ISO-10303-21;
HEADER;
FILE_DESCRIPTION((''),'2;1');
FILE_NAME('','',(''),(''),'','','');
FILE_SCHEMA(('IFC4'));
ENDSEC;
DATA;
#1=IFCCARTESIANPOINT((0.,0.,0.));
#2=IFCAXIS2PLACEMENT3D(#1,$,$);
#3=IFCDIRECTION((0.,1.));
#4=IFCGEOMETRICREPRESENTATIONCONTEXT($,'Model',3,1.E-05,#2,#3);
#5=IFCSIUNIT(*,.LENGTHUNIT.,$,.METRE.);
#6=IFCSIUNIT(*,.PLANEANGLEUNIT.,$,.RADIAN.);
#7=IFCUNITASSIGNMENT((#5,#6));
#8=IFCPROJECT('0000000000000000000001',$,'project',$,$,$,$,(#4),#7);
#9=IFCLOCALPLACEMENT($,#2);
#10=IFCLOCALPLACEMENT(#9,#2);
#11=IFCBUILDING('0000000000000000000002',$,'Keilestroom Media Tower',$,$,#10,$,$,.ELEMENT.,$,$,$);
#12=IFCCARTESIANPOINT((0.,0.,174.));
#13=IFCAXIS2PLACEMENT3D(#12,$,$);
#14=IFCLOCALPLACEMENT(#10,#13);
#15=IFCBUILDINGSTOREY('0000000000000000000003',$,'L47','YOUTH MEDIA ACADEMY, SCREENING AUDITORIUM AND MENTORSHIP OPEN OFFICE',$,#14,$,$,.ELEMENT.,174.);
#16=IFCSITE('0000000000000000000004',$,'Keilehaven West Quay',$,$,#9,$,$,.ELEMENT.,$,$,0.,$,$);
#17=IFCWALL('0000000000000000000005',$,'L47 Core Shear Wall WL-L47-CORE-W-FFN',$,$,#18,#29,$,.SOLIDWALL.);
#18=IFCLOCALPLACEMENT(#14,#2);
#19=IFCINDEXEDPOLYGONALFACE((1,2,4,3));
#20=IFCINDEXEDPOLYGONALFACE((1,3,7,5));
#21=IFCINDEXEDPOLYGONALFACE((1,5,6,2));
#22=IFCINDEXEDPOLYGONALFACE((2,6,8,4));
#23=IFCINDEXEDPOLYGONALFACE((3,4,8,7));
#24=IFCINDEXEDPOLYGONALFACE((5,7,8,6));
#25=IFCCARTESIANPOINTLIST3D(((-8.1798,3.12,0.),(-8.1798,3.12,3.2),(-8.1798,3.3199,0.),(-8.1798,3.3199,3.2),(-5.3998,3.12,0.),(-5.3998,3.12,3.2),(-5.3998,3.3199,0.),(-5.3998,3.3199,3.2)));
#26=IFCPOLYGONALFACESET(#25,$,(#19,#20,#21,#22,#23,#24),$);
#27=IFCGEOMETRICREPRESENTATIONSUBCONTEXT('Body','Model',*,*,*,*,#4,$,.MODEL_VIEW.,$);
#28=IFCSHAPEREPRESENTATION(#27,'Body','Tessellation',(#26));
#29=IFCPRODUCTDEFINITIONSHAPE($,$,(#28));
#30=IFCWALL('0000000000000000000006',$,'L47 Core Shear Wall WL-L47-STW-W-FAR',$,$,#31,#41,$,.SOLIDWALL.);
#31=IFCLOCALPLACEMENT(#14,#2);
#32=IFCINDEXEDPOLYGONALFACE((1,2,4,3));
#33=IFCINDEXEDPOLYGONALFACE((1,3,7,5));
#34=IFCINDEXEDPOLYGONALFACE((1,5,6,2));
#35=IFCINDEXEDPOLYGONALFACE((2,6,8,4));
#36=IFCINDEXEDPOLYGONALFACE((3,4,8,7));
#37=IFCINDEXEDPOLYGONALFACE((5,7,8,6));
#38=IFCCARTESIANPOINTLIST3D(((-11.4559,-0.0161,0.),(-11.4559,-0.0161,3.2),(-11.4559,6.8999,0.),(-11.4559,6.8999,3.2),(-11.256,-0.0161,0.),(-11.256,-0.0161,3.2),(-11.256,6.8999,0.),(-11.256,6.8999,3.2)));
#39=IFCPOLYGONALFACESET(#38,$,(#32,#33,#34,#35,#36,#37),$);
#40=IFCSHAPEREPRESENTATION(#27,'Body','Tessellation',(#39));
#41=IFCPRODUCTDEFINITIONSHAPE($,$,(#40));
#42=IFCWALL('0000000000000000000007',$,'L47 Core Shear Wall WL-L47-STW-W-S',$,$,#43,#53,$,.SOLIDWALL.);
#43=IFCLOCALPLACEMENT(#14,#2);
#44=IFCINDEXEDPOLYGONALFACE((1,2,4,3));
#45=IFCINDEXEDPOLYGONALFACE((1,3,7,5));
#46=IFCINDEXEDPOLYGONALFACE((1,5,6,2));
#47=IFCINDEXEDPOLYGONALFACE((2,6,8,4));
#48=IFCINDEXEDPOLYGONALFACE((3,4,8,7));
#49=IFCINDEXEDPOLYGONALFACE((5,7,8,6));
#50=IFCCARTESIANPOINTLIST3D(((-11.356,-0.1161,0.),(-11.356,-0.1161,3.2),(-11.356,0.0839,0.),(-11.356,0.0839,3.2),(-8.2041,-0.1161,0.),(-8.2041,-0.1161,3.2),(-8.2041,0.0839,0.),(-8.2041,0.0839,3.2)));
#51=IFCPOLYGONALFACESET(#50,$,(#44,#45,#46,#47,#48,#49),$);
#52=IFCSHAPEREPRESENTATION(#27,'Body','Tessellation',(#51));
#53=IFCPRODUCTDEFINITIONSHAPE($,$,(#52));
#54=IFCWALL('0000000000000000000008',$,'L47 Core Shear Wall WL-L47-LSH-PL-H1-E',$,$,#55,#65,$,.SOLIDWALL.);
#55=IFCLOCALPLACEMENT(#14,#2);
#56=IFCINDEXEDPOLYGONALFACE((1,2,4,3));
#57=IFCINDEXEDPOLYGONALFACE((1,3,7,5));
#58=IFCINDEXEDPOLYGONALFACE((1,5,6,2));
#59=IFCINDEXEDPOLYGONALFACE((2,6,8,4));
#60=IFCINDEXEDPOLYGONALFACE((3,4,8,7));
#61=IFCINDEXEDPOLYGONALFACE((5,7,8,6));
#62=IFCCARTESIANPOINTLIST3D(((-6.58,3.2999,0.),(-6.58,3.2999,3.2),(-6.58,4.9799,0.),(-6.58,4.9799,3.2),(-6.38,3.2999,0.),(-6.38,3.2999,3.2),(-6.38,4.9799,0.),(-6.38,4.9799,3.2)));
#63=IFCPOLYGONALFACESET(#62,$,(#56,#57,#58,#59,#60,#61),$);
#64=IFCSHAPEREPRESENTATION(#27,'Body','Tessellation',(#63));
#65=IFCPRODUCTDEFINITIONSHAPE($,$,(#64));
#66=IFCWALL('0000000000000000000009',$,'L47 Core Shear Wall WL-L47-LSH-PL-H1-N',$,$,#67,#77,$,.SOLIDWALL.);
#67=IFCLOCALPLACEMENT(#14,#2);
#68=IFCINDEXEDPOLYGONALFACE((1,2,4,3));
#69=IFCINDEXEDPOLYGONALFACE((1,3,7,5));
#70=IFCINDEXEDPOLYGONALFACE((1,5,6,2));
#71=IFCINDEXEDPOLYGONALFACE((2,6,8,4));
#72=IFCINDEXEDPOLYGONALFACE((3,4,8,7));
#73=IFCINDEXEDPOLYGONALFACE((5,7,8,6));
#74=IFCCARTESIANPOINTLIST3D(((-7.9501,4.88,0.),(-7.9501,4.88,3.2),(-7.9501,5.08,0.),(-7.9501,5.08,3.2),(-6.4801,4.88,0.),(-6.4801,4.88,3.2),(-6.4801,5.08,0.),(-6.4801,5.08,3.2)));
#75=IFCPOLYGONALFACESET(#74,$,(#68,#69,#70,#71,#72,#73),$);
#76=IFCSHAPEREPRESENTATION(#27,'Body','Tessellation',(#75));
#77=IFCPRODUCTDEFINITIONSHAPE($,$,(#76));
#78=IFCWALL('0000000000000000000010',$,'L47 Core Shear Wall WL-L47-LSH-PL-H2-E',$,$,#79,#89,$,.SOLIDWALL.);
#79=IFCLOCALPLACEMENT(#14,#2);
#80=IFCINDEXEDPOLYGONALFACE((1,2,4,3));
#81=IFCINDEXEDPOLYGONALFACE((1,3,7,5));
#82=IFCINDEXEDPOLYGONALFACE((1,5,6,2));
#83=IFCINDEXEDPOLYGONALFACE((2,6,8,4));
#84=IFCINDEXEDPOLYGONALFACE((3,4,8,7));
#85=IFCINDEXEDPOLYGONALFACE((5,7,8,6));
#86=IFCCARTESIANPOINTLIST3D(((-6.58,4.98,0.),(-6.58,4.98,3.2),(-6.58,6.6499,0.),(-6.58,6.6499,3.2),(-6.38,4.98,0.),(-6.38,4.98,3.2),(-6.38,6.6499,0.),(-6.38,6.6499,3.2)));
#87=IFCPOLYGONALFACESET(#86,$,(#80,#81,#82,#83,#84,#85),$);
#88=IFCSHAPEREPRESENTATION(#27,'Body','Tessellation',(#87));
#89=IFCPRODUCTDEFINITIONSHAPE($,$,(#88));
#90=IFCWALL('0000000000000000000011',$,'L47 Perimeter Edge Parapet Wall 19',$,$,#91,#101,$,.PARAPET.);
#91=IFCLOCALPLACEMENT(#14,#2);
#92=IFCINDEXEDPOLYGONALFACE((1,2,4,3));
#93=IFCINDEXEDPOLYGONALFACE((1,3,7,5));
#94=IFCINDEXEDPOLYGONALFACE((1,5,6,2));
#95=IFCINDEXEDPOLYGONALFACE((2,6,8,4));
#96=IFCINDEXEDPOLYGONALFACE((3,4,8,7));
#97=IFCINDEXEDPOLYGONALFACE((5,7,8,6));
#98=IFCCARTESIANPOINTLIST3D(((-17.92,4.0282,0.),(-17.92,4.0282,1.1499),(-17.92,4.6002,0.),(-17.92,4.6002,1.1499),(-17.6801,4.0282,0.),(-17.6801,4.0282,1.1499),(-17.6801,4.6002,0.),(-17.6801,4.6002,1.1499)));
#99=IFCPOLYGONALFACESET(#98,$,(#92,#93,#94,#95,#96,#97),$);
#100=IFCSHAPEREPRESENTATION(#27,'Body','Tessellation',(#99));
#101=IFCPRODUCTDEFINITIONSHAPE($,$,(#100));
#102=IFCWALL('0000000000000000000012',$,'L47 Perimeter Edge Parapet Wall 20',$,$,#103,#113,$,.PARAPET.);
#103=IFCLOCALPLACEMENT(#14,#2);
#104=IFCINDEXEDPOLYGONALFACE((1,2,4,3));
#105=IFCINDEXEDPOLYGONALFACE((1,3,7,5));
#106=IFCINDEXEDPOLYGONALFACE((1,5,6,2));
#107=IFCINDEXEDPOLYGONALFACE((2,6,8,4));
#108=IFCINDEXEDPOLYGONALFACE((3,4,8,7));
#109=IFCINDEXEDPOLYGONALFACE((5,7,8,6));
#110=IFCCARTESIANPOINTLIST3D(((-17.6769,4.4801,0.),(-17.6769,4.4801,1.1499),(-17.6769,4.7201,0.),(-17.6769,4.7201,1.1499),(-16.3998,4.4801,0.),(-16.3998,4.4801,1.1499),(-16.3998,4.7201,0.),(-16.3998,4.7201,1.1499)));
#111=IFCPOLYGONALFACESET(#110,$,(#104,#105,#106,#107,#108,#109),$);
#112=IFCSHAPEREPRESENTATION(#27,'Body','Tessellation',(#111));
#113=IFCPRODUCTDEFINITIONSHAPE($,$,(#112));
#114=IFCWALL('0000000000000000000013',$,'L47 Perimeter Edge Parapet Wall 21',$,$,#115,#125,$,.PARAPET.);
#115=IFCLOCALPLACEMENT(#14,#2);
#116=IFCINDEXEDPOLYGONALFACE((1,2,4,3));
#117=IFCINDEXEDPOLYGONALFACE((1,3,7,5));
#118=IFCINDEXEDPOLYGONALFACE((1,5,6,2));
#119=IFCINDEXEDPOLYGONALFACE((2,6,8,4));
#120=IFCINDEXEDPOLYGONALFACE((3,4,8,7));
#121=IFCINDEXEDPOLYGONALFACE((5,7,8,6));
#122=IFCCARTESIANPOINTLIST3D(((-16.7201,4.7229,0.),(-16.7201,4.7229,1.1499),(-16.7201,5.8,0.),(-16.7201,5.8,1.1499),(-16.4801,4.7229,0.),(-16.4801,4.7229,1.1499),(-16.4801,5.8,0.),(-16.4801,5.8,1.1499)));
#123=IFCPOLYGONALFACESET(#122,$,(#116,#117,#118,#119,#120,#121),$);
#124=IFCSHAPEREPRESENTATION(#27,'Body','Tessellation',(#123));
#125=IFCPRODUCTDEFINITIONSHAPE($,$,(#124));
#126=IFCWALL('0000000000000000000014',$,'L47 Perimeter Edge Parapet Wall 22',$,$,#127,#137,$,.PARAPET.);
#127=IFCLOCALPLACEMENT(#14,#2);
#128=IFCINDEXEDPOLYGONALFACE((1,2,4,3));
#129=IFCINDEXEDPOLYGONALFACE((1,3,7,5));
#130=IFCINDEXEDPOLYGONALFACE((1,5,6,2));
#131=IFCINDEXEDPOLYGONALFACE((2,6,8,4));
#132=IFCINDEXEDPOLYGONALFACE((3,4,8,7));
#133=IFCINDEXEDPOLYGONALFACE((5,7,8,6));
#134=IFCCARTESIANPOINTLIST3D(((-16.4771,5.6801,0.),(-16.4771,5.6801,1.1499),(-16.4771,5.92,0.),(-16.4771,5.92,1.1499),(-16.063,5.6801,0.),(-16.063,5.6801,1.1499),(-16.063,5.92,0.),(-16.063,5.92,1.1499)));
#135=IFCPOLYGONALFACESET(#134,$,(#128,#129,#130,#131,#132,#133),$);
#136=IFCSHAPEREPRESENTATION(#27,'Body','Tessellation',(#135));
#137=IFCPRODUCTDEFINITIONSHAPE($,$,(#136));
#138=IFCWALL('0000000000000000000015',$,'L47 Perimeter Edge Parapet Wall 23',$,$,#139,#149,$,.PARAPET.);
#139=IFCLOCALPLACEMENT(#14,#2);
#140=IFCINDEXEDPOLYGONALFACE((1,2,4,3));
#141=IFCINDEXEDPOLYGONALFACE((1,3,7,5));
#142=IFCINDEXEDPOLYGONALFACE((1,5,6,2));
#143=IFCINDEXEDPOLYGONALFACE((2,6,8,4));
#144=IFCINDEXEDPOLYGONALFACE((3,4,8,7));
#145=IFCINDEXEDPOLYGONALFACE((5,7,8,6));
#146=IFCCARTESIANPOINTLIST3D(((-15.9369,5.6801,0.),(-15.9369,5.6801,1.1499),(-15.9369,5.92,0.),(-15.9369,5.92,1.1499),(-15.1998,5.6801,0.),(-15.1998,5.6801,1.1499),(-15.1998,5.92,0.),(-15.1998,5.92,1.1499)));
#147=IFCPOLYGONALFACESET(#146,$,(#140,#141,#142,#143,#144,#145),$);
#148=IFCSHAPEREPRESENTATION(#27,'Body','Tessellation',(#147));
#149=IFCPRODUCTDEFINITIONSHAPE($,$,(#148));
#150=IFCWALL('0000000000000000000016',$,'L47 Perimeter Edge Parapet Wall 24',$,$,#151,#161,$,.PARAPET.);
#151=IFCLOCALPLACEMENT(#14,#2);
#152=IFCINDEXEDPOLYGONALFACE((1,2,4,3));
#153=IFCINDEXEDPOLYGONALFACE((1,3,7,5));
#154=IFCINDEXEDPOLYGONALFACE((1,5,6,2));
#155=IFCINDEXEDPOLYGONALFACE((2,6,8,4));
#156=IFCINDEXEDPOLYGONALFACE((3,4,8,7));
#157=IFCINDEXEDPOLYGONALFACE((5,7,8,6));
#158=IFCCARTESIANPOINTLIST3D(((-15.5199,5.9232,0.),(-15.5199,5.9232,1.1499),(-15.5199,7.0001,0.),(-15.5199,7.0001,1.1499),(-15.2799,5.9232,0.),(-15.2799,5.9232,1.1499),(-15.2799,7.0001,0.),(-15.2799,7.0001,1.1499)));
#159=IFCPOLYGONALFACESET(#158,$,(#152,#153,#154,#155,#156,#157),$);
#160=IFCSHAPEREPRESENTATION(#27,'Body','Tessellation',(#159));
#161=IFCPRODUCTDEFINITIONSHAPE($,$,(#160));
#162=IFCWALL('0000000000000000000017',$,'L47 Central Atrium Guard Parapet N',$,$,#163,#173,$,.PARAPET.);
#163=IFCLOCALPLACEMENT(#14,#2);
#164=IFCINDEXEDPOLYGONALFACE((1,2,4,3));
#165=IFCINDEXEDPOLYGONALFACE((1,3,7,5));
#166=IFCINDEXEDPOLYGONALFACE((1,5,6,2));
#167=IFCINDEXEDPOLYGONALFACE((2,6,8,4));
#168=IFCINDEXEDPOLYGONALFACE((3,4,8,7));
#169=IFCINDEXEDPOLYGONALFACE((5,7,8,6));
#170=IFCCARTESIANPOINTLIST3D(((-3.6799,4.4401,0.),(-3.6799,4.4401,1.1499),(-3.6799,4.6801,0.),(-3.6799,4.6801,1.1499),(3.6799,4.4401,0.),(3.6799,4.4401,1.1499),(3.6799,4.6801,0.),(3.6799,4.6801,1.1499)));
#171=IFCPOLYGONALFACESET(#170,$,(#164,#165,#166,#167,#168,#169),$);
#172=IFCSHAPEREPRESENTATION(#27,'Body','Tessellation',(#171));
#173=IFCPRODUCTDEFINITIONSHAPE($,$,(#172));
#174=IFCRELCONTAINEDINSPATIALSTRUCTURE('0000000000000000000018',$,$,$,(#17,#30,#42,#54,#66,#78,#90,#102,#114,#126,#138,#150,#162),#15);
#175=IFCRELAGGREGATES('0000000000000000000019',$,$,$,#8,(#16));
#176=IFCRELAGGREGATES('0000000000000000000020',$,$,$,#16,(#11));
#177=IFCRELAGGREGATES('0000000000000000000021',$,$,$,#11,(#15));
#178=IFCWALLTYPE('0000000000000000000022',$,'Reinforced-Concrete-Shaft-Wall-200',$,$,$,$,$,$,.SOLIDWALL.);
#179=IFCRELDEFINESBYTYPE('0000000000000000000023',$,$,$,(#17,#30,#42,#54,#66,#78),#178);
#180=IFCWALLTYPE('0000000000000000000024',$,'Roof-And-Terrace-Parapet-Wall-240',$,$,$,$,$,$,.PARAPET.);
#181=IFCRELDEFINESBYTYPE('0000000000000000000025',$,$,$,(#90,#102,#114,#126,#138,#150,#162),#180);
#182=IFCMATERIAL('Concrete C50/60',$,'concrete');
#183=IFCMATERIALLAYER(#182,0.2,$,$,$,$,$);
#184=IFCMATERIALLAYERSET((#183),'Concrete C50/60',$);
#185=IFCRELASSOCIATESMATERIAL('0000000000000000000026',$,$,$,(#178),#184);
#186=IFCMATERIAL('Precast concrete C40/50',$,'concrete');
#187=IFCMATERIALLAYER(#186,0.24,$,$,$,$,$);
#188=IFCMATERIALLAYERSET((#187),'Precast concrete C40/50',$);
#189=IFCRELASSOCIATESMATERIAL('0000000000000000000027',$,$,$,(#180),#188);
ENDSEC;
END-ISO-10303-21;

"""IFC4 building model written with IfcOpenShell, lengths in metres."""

from ifc_helpers import new_model, si_unit, direction, frame, frame_2d, origin, place, context, subcontext, project, spatial, rectangle, extrude, material, layer, layer_set, type_object, element, save


model = new_model("IFC4")

# Units and contexts
model_context = context("Model", 3, precision=1e-05, world=origin(), true_north=direction((0.0, 1.0)))
body_context = subcontext(model_context, "Body", "Model", "MODEL_VIEW")
ifc_project = project(units=[si_unit("LENGTHUNIT", "METRE"), si_unit("PLANEANGLEUNIT", "RADIAN")], contexts=[model_context])

# Site, building, storey
site_placement = place(None, origin())
site = spatial("IfcSite", under=ifc_project, at=site_placement, Name="Keilehaven West Quay", CompositionType="ELEMENT", RefElevation=0.0)
building_placement = place(site_placement, origin())
building = spatial("IfcBuilding", under=site, at=building_placement, Name="Keilestroom Media Tower", CompositionType="ELEMENT")
storey_placement = place(building_placement, frame((0.0, 0.0, 174.0)))
storey = spatial("IfcBuildingStorey", under=building, at=storey_placement, Name="L47", Description="YOUTH MEDIA ACADEMY, SCREENING AUDITORIUM AND MENTORSHIP OPEN OFFICE", CompositionType="ELEMENT", Elevation=174.0)

# Shared definitions
ifc_material_1 = material(Name="Precast concrete C40/50", Category="concrete")

# Shared definitions
ifc_material_2 = material(Name="Concrete C50/60", Category="concrete")

# Walls
ifc_layer_1 = layer(ifc_material_2, 0.2)
ifc_layer_set_1 = layer_set([ifc_layer_1], Name="Concrete C50/60")
wall_type_1 = type_object("IfcWallType", Name="Reinforced-Concrete-Shaft-Wall-200", PredefinedType="SOLIDWALL", material=ifc_layer_set_1)
wall_1_placement = place(storey_placement, frame((-8.1799, 3.22, 0.0), z_axis=(0.0, 0.0, 1.0), x_axis=(1.0, 0.0, 0.0)))
element("IfcWall", 1, at=wall_1_placement, inside=storey, type_object=wall_type_1, Name="L47 Core Shear Wall WL-L47-CORE-W-FFN", PredefinedType="SOLIDWALL", context=body_context, shape_type="SweptSolid", body=[
    extrude(rectangle(XDim=2.78, YDim=0.2, at=frame_2d((1.3901, 0.0))), origin(), (0.0, 0.0, 1.0), 3.2),
])
wall_2_placement = place(storey_placement, frame((-11.356, -0.0161, 0.0), z_axis=(0.0, 0.0, 1.0), x_axis=(0.0, 1.0, 0.0)))
element("IfcWall", 2, at=wall_2_placement, inside=storey, type_object=wall_type_1, Name="L47 Core Shear Wall WL-L47-STW-W-FAR", PredefinedType="SOLIDWALL", context=body_context, shape_type="SweptSolid", body=[
    extrude(rectangle(XDim=6.916, YDim=0.2, at=frame_2d((3.458, 0.0))), origin(), (0.0, 0.0, 1.0), 3.2),
])
wall_3_placement = place(storey_placement, frame((-11.356, -0.0161, 0.0), z_axis=(0.0, 0.0, 1.0), x_axis=(1.0, 0.0, 0.0)))
element("IfcWall", 3, at=wall_3_placement, inside=storey, type_object=wall_type_1, Name="L47 Core Shear Wall WL-L47-STW-W-S", PredefinedType="SOLIDWALL", context=body_context, shape_type="SweptSolid", body=[
    extrude(rectangle(XDim=3.1519, YDim=0.2, at=frame_2d((1.5759, 0.0))), origin(), (0.0, 0.0, 1.0), 3.2),
])
wall_4_placement = place(storey_placement, frame((-6.48, 3.3, 0.0), z_axis=(0.0, 0.0, 1.0), x_axis=(0.0, 1.0, 0.0)))
element("IfcWall", 4, at=wall_4_placement, inside=storey, type_object=wall_type_1, Name="L47 Core Shear Wall WL-L47-LSH-PL-H1-E", PredefinedType="SOLIDWALL", context=body_context, shape_type="SweptSolid", body=[
    extrude(rectangle(XDim=1.6799, YDim=0.2, at=frame_2d((0.8398, 0.0))), origin(), (0.0, 0.0, 1.0), 3.2),
])
wall_5_placement = place(storey_placement, frame((-7.95, 4.98, 0.0), z_axis=(0.0, 0.0, 1.0), x_axis=(1.0, 0.0, 0.0)))
element("IfcWall", 5, at=wall_5_placement, inside=storey, type_object=wall_type_1, Name="L47 Core Shear Wall WL-L47-LSH-PL-H1-N", PredefinedType="SOLIDWALL", context=body_context, shape_type="SweptSolid", body=[
    extrude(rectangle(XDim=1.47, YDim=0.2, at=frame_2d((0.7349, 0.0))), origin(), (0.0, 0.0, 1.0), 3.2),
])
wall_6_placement = place(storey_placement, frame((-6.48, 4.98, 0.0), z_axis=(0.0, 0.0, 1.0), x_axis=(0.0, 1.0, 0.0)))
element("IfcWall", 6, at=wall_6_placement, inside=storey, type_object=wall_type_1, Name="L47 Core Shear Wall WL-L47-LSH-PL-H2-E", PredefinedType="SOLIDWALL", context=body_context, shape_type="SweptSolid", body=[
    extrude(rectangle(XDim=1.6699, YDim=0.2, at=frame_2d((0.835, 0.0))), origin(), (0.0, 0.0, 1.0), 3.2),
])
ifc_layer_2 = layer(ifc_material_1, 0.24)
ifc_layer_set_2 = layer_set([ifc_layer_2], Name="Precast concrete C40/50")
wall_type_2 = type_object("IfcWallType", Name="Roof-And-Terrace-Parapet-Wall-240", PredefinedType="PARAPET", material=ifc_layer_set_2)
wall_7_placement = place(storey_placement, frame((-17.8, 4.0281, 0.0), z_axis=(0.0, 0.0, 1.0), x_axis=(0.0, 1.0, 0.0)))
element("IfcWall", 7, at=wall_7_placement, inside=storey, type_object=wall_type_2, Name="L47 Perimeter Edge Parapet Wall 19", PredefinedType="PARAPET", context=body_context, shape_type="SweptSolid", body=[
    extrude(rectangle(XDim=0.572, YDim=0.24, at=frame_2d((0.2861, 0.0))), origin(), (0.0, 0.0, 1.0), 1.1499),
])
wall_8_placement = place(storey_placement, frame((-17.677, 4.6001, 0.0), z_axis=(0.0, 0.0, 1.0), x_axis=(1.0, 0.0, 0.0)))
element("IfcWall", 8, at=wall_8_placement, inside=storey, type_object=wall_type_2, Name="L47 Perimeter Edge Parapet Wall 20", PredefinedType="PARAPET", context=body_context, shape_type="SweptSolid", body=[
    extrude(rectangle(XDim=1.2771, YDim=0.24, at=frame_2d((0.6387, 0.0))), origin(), (0.0, 0.0, 1.0), 1.1499),
])
wall_9_placement = place(storey_placement, frame((-16.6001, 4.7229, 0.0), z_axis=(0.0, 0.0, 1.0), x_axis=(0.0, 1.0, 0.0)))
element("IfcWall", 9, at=wall_9_placement, inside=storey, type_object=wall_type_2, Name="L47 Perimeter Edge Parapet Wall 21", PredefinedType="PARAPET", context=body_context, shape_type="SweptSolid", body=[
    extrude(rectangle(XDim=1.0771, YDim=0.24, at=frame_2d((0.5386, 0.0))), origin(), (0.0, 0.0, 1.0), 1.1499),
])
wall_10_placement = place(storey_placement, frame((-16.4771, 5.8, 0.0), z_axis=(0.0, 0.0, 1.0), x_axis=(1.0, 0.0, 0.0)))
element("IfcWall", 10, at=wall_10_placement, inside=storey, type_object=wall_type_2, Name="L47 Perimeter Edge Parapet Wall 22", PredefinedType="PARAPET", context=body_context, shape_type="SweptSolid", body=[
    extrude(rectangle(XDim=0.4141, YDim=0.24, at=frame_2d((0.207, 0.0))), origin(), (0.0, 0.0, 1.0), 1.1499),
])
wall_11_placement = place(storey_placement, frame((-15.937, 5.8, 0.0), z_axis=(0.0, 0.0, 1.0), x_axis=(1.0, 0.0, 0.0)))
element("IfcWall", 11, at=wall_11_placement, inside=storey, type_object=wall_type_2, Name="L47 Perimeter Edge Parapet Wall 23", PredefinedType="PARAPET", context=body_context, shape_type="SweptSolid", body=[
    extrude(rectangle(XDim=0.7371, YDim=0.24, at=frame_2d((0.3687, 0.0))), origin(), (0.0, 0.0, 1.0), 1.1499),
])
wall_12_placement = place(storey_placement, frame((-15.3999, 5.9231, 0.0), z_axis=(0.0, 0.0, 1.0), x_axis=(0.0, 1.0, 0.0)))
element("IfcWall", 12, at=wall_12_placement, inside=storey, type_object=wall_type_2, Name="L47 Perimeter Edge Parapet Wall 24", PredefinedType="PARAPET", context=body_context, shape_type="SweptSolid", body=[
    extrude(rectangle(XDim=1.0769, YDim=0.24, at=frame_2d((0.5386, 0.0))), origin(), (0.0, 0.0, 1.0), 1.1499),
])
wall_13_placement = place(storey_placement, frame((-3.6799, 4.5601, 0.0), z_axis=(0.0, 0.0, 1.0), x_axis=(1.0, 0.0, 0.0)))
element("IfcWall", 13, at=wall_13_placement, inside=storey, type_object=wall_type_2, Name="L47 Central Atrium Guard Parapet N", PredefinedType="PARAPET", context=body_context, shape_type="SweptSolid", body=[
    extrude(rectangle(XDim=7.3599, YDim=0.24, at=frame_2d((3.6799, 0.0))), origin(), (0.0, 0.0, 1.0), 1.1499),
])

save(model, "model.ifc")
